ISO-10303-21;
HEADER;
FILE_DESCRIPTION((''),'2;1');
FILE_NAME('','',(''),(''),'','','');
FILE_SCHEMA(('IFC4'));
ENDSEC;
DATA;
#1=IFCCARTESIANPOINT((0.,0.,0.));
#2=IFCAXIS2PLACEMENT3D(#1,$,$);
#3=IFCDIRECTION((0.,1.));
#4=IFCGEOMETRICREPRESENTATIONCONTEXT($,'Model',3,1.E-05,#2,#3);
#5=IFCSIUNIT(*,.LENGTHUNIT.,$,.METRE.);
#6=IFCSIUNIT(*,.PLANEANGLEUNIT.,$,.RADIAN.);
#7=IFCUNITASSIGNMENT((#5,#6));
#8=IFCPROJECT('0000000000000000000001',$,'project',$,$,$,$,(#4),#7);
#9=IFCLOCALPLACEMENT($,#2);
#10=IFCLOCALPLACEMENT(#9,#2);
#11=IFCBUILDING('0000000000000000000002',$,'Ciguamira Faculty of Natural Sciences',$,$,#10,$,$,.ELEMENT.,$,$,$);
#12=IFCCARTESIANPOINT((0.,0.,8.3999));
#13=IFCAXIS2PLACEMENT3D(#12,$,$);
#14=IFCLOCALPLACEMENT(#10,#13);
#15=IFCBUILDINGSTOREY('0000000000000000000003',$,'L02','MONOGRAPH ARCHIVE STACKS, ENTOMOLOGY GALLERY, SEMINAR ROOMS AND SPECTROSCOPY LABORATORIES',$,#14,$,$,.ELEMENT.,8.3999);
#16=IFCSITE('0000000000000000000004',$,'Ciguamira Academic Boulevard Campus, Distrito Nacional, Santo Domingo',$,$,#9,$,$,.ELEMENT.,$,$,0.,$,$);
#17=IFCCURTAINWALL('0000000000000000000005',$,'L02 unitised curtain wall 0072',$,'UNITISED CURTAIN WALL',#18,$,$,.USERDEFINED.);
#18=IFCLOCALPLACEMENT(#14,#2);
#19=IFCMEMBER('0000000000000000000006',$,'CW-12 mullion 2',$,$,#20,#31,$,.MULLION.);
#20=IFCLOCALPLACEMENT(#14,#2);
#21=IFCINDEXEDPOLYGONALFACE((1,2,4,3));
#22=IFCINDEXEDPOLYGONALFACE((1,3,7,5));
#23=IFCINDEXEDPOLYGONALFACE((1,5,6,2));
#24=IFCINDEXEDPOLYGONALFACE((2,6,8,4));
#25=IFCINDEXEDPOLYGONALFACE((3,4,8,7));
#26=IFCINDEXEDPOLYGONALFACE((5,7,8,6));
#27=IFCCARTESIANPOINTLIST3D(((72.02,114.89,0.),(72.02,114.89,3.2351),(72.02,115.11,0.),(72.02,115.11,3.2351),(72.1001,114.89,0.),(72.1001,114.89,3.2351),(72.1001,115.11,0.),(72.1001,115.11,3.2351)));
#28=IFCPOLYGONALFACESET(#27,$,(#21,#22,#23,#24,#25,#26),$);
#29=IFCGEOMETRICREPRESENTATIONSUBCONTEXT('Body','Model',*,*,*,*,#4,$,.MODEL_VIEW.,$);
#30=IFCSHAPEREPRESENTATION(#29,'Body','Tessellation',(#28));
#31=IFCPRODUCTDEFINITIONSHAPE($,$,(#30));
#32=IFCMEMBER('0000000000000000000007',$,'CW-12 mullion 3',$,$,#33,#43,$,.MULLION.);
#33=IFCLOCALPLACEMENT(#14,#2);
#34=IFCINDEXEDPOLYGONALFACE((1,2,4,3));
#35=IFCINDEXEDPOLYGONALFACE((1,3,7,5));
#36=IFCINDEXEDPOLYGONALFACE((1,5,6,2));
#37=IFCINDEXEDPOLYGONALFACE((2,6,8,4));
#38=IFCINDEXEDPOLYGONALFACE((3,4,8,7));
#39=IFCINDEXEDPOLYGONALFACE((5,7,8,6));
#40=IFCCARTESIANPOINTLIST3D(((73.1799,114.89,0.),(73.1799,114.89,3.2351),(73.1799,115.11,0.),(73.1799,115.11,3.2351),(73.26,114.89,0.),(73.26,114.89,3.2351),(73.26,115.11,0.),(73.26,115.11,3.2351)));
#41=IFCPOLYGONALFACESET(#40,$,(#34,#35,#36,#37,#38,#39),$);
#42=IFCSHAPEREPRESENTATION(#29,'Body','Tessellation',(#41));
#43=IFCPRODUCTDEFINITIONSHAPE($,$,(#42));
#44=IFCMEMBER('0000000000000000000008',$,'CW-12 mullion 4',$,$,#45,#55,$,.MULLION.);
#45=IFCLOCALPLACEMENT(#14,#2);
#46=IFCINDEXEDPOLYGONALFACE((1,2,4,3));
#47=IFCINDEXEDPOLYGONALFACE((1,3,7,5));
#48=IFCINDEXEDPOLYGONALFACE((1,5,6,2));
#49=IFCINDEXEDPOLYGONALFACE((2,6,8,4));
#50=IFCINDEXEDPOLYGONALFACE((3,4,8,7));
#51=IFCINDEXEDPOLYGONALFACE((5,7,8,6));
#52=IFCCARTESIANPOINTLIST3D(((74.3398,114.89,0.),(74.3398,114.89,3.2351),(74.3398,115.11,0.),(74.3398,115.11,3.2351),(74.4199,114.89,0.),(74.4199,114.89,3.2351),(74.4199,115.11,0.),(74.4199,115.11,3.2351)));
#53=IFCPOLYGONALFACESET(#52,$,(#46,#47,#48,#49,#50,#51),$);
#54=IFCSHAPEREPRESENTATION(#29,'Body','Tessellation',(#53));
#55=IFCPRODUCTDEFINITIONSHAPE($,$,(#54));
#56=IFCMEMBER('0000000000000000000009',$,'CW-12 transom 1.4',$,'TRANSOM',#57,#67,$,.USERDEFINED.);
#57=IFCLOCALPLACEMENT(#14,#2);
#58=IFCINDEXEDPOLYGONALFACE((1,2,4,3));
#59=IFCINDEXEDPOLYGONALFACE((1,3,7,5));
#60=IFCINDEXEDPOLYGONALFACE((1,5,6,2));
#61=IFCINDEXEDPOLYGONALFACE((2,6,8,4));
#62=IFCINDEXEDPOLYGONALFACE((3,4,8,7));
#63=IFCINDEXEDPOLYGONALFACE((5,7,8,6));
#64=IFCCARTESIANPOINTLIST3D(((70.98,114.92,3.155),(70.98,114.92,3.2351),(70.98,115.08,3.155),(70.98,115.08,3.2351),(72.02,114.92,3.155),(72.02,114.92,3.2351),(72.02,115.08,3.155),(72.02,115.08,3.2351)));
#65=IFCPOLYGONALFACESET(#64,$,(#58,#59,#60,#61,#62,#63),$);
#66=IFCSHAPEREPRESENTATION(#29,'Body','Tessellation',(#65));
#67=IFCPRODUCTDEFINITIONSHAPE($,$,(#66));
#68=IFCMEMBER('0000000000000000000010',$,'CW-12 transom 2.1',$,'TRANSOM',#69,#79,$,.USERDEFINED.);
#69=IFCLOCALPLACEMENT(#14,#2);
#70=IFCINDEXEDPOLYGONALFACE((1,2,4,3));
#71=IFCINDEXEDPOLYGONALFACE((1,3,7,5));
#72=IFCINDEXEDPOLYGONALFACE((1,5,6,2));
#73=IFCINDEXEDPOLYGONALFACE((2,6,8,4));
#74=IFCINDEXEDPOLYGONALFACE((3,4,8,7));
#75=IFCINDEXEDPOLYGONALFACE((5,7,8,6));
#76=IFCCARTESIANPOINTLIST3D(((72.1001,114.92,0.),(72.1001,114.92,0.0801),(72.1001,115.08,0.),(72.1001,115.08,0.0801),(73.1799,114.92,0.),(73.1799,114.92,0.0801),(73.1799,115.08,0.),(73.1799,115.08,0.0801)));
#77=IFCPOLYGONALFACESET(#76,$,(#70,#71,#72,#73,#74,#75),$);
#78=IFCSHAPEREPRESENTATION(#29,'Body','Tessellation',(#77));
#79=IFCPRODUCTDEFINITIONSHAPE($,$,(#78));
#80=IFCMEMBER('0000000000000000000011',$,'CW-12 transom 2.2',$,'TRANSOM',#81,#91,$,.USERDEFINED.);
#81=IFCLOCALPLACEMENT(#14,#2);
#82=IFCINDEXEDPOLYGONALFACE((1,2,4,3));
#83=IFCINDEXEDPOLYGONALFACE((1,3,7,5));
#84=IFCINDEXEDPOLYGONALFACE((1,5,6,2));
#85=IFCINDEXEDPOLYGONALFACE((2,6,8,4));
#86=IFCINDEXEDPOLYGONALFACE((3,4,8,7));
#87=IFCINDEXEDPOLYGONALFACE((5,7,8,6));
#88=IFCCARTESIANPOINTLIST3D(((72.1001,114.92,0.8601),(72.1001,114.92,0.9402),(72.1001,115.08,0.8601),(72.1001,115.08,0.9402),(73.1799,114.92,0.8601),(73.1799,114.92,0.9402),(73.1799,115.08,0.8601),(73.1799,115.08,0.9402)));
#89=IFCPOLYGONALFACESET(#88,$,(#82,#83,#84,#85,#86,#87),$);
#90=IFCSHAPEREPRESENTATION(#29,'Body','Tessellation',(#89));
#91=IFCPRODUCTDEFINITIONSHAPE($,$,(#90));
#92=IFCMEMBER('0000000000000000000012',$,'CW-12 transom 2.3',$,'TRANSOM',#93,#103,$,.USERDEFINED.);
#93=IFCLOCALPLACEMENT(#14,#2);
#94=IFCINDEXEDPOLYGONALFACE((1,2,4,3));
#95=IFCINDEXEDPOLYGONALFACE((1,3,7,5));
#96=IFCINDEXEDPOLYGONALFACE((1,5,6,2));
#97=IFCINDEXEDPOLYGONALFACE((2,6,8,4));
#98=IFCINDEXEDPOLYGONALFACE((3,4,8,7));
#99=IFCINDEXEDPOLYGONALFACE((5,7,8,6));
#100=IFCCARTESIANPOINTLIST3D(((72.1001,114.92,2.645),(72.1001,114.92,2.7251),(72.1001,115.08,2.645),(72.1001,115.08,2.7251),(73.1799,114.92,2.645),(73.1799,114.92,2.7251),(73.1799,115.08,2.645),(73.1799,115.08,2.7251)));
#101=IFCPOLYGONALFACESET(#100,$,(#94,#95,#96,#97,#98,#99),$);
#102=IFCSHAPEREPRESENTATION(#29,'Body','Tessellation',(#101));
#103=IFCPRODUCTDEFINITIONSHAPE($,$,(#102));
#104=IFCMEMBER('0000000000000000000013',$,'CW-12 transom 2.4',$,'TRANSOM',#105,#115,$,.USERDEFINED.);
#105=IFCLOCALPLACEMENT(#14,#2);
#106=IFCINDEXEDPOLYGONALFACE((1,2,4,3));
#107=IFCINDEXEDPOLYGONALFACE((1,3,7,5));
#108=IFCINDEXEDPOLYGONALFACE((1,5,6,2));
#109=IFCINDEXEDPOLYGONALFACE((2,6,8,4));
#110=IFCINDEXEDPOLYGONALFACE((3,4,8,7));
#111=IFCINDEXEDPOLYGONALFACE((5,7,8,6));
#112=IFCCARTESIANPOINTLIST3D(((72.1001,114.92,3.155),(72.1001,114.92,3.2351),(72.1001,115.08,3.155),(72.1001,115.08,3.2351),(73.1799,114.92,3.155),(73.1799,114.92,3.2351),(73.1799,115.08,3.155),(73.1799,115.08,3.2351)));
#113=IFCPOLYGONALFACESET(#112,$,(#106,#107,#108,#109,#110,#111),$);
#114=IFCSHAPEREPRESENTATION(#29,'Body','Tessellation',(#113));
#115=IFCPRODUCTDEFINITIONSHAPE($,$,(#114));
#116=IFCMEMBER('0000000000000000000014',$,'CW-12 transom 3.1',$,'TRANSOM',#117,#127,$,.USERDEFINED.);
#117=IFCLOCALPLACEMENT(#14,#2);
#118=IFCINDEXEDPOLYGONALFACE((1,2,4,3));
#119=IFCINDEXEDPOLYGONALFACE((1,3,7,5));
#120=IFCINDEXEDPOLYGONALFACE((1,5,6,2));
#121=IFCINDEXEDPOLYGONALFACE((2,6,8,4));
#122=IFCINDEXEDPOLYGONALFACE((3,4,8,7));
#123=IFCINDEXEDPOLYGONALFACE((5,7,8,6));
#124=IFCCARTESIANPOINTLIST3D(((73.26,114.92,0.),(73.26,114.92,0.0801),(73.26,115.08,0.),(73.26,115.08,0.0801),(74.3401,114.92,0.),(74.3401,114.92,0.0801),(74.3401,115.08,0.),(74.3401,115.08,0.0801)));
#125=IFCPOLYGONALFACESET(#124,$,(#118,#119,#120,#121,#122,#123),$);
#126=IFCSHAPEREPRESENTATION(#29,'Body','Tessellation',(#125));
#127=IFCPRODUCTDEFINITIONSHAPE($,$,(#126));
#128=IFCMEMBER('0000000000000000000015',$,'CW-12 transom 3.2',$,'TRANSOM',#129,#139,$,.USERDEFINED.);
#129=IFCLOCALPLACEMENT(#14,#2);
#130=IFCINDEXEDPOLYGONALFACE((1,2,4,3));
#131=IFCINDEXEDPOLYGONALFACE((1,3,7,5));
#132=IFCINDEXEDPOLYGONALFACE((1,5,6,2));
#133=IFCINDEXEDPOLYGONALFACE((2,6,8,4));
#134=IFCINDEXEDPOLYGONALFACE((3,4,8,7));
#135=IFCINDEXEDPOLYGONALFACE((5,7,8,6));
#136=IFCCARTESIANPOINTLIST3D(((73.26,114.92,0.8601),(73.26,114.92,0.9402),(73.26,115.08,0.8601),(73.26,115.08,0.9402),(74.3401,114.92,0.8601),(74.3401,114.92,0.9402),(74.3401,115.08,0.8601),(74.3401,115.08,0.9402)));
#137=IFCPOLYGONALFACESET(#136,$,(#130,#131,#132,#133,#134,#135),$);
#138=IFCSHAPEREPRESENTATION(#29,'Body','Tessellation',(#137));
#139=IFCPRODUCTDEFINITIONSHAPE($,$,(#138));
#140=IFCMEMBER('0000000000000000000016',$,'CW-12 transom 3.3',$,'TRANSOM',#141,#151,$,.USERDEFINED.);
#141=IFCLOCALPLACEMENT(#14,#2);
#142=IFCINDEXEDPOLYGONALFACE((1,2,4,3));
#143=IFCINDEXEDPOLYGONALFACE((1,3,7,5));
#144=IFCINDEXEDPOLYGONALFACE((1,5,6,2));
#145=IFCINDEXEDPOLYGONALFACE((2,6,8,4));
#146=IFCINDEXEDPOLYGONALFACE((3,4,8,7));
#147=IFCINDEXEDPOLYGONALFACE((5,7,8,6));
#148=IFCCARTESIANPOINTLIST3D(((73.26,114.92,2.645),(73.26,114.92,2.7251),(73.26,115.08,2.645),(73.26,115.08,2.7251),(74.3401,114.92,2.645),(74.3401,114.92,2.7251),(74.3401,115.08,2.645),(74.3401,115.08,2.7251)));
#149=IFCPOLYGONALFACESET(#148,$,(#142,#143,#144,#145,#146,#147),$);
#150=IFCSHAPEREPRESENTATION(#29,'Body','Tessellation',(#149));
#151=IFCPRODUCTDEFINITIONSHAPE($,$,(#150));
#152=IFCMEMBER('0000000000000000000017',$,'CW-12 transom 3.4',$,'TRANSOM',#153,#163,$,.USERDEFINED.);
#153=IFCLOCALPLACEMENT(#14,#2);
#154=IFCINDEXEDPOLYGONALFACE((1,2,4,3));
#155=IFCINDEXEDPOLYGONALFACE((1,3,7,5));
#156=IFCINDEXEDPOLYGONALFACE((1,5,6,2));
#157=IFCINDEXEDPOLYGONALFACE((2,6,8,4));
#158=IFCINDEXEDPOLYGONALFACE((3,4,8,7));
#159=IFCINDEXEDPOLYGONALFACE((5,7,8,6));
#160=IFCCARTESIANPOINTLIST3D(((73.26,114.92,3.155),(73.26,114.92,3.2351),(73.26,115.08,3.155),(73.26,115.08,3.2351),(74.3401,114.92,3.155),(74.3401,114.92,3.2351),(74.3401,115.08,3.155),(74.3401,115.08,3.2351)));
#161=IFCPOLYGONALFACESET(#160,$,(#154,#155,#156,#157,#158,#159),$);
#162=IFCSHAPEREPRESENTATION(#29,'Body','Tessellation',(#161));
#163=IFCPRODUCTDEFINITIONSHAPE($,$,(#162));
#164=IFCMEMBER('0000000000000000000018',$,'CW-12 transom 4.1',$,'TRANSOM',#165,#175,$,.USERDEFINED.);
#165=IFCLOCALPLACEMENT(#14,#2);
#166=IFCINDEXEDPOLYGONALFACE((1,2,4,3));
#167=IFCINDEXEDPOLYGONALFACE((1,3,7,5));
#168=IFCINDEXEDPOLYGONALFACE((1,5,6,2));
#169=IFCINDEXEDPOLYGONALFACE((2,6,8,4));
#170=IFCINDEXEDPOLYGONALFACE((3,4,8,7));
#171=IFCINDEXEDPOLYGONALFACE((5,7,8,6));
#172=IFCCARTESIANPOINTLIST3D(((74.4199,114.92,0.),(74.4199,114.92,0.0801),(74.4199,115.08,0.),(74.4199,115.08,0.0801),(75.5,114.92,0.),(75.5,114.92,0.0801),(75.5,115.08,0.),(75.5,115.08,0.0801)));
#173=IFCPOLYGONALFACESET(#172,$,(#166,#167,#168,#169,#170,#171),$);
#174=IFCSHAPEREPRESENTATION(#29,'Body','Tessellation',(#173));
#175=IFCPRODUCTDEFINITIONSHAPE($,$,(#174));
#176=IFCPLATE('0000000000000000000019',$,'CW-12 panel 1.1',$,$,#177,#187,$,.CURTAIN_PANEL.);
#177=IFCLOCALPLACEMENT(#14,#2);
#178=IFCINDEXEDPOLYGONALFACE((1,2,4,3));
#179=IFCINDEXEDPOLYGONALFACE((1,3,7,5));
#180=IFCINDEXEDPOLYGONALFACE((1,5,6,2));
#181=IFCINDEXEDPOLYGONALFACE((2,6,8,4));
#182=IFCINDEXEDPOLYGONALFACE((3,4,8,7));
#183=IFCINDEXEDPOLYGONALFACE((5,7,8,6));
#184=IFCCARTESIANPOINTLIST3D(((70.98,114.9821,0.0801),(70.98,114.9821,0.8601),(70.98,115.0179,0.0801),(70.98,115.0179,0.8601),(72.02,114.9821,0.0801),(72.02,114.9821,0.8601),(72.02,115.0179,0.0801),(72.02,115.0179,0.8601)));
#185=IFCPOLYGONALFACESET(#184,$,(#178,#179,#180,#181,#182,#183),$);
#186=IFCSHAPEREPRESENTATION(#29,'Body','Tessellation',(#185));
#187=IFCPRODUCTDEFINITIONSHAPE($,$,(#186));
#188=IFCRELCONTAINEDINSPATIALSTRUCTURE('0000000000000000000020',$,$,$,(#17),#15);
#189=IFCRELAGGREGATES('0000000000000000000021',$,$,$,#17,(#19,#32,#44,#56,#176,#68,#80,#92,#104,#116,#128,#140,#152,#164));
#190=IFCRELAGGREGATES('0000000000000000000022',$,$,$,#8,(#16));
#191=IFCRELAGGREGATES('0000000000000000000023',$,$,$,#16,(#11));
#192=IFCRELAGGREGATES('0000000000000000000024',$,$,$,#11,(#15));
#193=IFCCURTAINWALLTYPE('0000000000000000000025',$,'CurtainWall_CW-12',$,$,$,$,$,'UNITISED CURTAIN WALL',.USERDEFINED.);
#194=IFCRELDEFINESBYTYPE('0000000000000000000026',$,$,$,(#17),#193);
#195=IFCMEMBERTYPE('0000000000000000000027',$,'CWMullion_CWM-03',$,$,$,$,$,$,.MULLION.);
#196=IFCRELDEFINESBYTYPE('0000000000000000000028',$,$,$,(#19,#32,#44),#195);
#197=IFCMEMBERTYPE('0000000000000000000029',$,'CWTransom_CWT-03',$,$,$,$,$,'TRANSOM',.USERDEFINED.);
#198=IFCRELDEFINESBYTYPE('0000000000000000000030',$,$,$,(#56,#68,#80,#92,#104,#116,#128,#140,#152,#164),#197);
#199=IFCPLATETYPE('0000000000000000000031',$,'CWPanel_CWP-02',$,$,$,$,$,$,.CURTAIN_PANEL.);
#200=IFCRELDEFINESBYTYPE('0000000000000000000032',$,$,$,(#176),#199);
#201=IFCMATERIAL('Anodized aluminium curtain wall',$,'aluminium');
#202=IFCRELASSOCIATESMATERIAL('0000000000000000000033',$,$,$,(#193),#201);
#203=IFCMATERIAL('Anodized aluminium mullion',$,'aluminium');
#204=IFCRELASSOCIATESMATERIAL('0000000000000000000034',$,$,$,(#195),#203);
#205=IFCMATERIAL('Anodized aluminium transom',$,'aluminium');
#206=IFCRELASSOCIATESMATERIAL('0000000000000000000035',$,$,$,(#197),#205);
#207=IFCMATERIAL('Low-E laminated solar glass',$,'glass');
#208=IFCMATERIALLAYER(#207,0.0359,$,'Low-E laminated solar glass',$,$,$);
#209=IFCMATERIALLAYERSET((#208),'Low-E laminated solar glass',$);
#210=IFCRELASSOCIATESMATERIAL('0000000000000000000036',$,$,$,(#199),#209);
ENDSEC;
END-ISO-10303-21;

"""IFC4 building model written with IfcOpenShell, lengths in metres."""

from ifc_helpers import new_model, si_unit, direction, frame, origin, origin_2d, place, context, subcontext, project, spatial, rectangle, extrude, material, layer, layer_set, material_profile, profile_set, type_object, element, aggregate, save


model = new_model("IFC4")

# Units and contexts
model_context = context("Model", 3, precision=1e-05, world=origin(), true_north=direction((0.0, 1.0)))
body_context = subcontext(model_context, "Body", "Model", "MODEL_VIEW")
ifc_project = project(units=[si_unit("LENGTHUNIT", "METRE"), si_unit("PLANEANGLEUNIT", "RADIAN")], contexts=[model_context])

# Site, building, storey
site_placement = place(None, origin())
site = spatial("IfcSite", under=ifc_project, at=site_placement, Name="Ciguamira Academic Boulevard Campus, Distrito Nacional, Santo Domingo", CompositionType="ELEMENT", RefElevation=0.0)
building_placement = place(site_placement, origin())
building = spatial("IfcBuilding", under=site, at=building_placement, Name="Ciguamira Faculty of Natural Sciences", CompositionType="ELEMENT")
storey_placement = place(building_placement, frame((0.0, 0.0, 8.3999)))
storey = spatial("IfcBuildingStorey", under=building, at=storey_placement, Name="L02", Description="MONOGRAPH ARCHIVE STACKS, ENTOMOLOGY GALLERY, SEMINAR ROOMS AND SPECTROSCOPY LABORATORIES", CompositionType="ELEMENT", Elevation=8.3999)

# Curtain wall, members, plate
ifc_material_1 = material(Name="Anodized aluminium curtain wall", Category="aluminium")
curtain_wall_type = type_object("IfcCurtainWallType", Name="CurtainWall_CW-12", ElementType="UNITISED CURTAIN WALL", PredefinedType="USERDEFINED", material=ifc_material_1)
curtain_wall_placement = place(storey_placement, origin())
curtain_wall = element("IfcCurtainWall", 1, at=curtain_wall_placement, inside=storey, type_object=curtain_wall_type, Name="L02 unitised curtain wall 0072", ObjectType="UNITISED CURTAIN WALL", PredefinedType="USERDEFINED")
ifc_material_2 = material(Name="Anodized aluminium mullion", Category="aluminium")
ifc_material_profile_1 = material_profile(ifc_material_2, rectangle(XDim=0.0801, YDim=0.22, at=origin_2d()), Name="ALU-MUL-80X220")
ifc_profile_set_1 = profile_set([ifc_material_profile_1], Name="Anodized aluminium mullion")
member_type_1 = type_object("IfcMemberType", Name="CWMullion_CWM-03", PredefinedType="MULLION", material=ifc_profile_set_1)
member_1_placement = place(storey_placement, frame((72.0601, 115.0, 0.0), z_axis=(0.0, 0.0, 1.0), x_axis=(1.0, 0.0, 0.0)))
member_1 = element("IfcMember", 2, at=member_1_placement, type_object=member_type_1, Name="CW-12 mullion 2", PredefinedType="MULLION", context=body_context, shape_type="SweptSolid", body=[
    extrude(rectangle(XDim=0.0801, YDim=0.22, at=origin_2d()), origin(), (0.0, 0.0, 1.0), 3.2351),
])
member_2_placement = place(storey_placement, frame((73.22, 115.0, 0.0), z_axis=(0.0, 0.0, 1.0), x_axis=(1.0, 0.0, 0.0)))
member_2 = element("IfcMember", 3, at=member_2_placement, type_object=member_type_1, Name="CW-12 mullion 3", PredefinedType="MULLION", context=body_context, shape_type="SweptSolid", body=[
    extrude(rectangle(XDim=0.0801, YDim=0.22, at=origin_2d()), origin(), (0.0, 0.0, 1.0), 3.2351),
])
member_3_placement = place(storey_placement, frame((74.3799, 115.0, 0.0), z_axis=(0.0, 0.0, 1.0), x_axis=(1.0, 0.0, 0.0)))
member_3 = element("IfcMember", 4, at=member_3_placement, type_object=member_type_1, Name="CW-12 mullion 4", PredefinedType="MULLION", context=body_context, shape_type="SweptSolid", body=[
    extrude(rectangle(XDim=0.0801, YDim=0.22, at=origin_2d()), origin(), (0.0, 0.0, 1.0), 3.2351),
])
ifc_material_3 = material(Name="Anodized aluminium transom", Category="aluminium")
ifc_material_profile_2 = material_profile(ifc_material_3, rectangle(XDim=0.0801, YDim=0.1599, at=origin_2d()), Name="ALU-TRN-80X160")
ifc_profile_set_2 = profile_set([ifc_material_profile_2], Name="Anodized aluminium transom")
member_type_2 = type_object("IfcMemberType", Name="CWTransom_CWT-03", ElementType="TRANSOM", PredefinedType="USERDEFINED", material=ifc_profile_set_2)
member_4_placement = place(storey_placement, frame((70.98, 115.0, 3.1951), z_axis=(1.0, 0.0, 0.0), x_axis=(0.0, 0.0, 1.0)))
member_4 = element("IfcMember", 5, at=member_4_placement, type_object=member_type_2, Name="CW-12 transom 1.4", ObjectType="TRANSOM", PredefinedType="USERDEFINED", context=body_context, shape_type="SweptSolid", body=[
    extrude(rectangle(XDim=0.0801, YDim=0.1599, at=origin_2d()), origin(), (0.0, 0.0, 1.0), 1.04),
])
member_5_placement = place(storey_placement, frame((72.1001, 115.0, 0.04), z_axis=(1.0, 0.0, 0.0), x_axis=(0.0, 0.0, 1.0)))
member_5 = element("IfcMember", 6, at=member_5_placement, type_object=member_type_2, Name="CW-12 transom 2.1", ObjectType="TRANSOM", PredefinedType="USERDEFINED", context=body_context, shape_type="SweptSolid", body=[
    extrude(rectangle(XDim=0.0801, YDim=0.1599, at=origin_2d()), origin(), (0.0, 0.0, 1.0), 1.0798),
])
member_6_placement = place(storey_placement, frame((72.1001, 115.0, 0.9001), z_axis=(1.0, 0.0, 0.0), x_axis=(0.0, 0.0, 1.0)))
member_6 = element("IfcMember", 7, at=member_6_placement, type_object=member_type_2, Name="CW-12 transom 2.2", ObjectType="TRANSOM", PredefinedType="USERDEFINED", context=body_context, shape_type="SweptSolid", body=[
    extrude(rectangle(XDim=0.0801, YDim=0.1599, at=origin_2d()), origin(), (0.0, 0.0, 1.0), 1.0798),
])
member_7_placement = place(storey_placement, frame((72.1001, 115.0, 2.6851), z_axis=(1.0, 0.0, 0.0), x_axis=(0.0, 0.0, 1.0)))
member_7 = element("IfcMember", 8, at=member_7_placement, type_object=member_type_2, Name="CW-12 transom 2.3", ObjectType="TRANSOM", PredefinedType="USERDEFINED", context=body_context, shape_type="SweptSolid", body=[
    extrude(rectangle(XDim=0.0801, YDim=0.1599, at=origin_2d()), origin(), (0.0, 0.0, 1.0), 1.0798),
])
member_8_placement = place(storey_placement, frame((72.1001, 115.0, 3.1951), z_axis=(1.0, 0.0, 0.0), x_axis=(0.0, 0.0, 1.0)))
member_8 = element("IfcMember", 9, at=member_8_placement, type_object=member_type_2, Name="CW-12 transom 2.4", ObjectType="TRANSOM", PredefinedType="USERDEFINED", context=body_context, shape_type="SweptSolid", body=[
    extrude(rectangle(XDim=0.0801, YDim=0.1599, at=origin_2d()), origin(), (0.0, 0.0, 1.0), 1.0798),
])
member_9_placement = place(storey_placement, frame((73.26, 115.0, 0.04), z_axis=(1.0, 0.0, 0.0), x_axis=(0.0, 0.0, 1.0)))
member_9 = element("IfcMember", 10, at=member_9_placement, type_object=member_type_2, Name="CW-12 transom 3.1", ObjectType="TRANSOM", PredefinedType="USERDEFINED", context=body_context, shape_type="SweptSolid", body=[
    extrude(rectangle(XDim=0.0801, YDim=0.1599, at=origin_2d()), origin(), (0.0, 0.0, 1.0), 1.0801),
])
member_10_placement = place(storey_placement, frame((73.26, 115.0, 0.9001), z_axis=(1.0, 0.0, 0.0), x_axis=(0.0, 0.0, 1.0)))
member_10 = element("IfcMember", 11, at=member_10_placement, type_object=member_type_2, Name="CW-12 transom 3.2", ObjectType="TRANSOM", PredefinedType="USERDEFINED", context=body_context, shape_type="SweptSolid", body=[
    extrude(rectangle(XDim=0.0801, YDim=0.1599, at=origin_2d()), origin(), (0.0, 0.0, 1.0), 1.0801),
])
member_11_placement = place(storey_placement, frame((73.26, 115.0, 2.6851), z_axis=(1.0, 0.0, 0.0), x_axis=(0.0, 0.0, 1.0)))
member_11 = element("IfcMember", 12, at=member_11_placement, type_object=member_type_2, Name="CW-12 transom 3.3", ObjectType="TRANSOM", PredefinedType="USERDEFINED", context=body_context, shape_type="SweptSolid", body=[
    extrude(rectangle(XDim=0.0801, YDim=0.1599, at=origin_2d()), origin(), (0.0, 0.0, 1.0), 1.0801),
])
member_12_placement = place(storey_placement, frame((73.26, 115.0, 3.1951), z_axis=(1.0, 0.0, 0.0), x_axis=(0.0, 0.0, 1.0)))
member_12 = element("IfcMember", 13, at=member_12_placement, type_object=member_type_2, Name="CW-12 transom 3.4", ObjectType="TRANSOM", PredefinedType="USERDEFINED", context=body_context, shape_type="SweptSolid", body=[
    extrude(rectangle(XDim=0.0801, YDim=0.1599, at=origin_2d()), origin(), (0.0, 0.0, 1.0), 1.0801),
])
member_13_placement = place(storey_placement, frame((74.4199, 115.0, 0.04), z_axis=(1.0, 0.0, 0.0), x_axis=(0.0, 0.0, 1.0)))
member_13 = element("IfcMember", 14, at=member_13_placement, type_object=member_type_2, Name="CW-12 transom 4.1", ObjectType="TRANSOM", PredefinedType="USERDEFINED", context=body_context, shape_type="SweptSolid", body=[
    extrude(rectangle(XDim=0.0801, YDim=0.1599, at=origin_2d()), origin(), (0.0, 0.0, 1.0), 1.0801),
])
ifc_material_4 = material(Name="Low-E laminated solar glass", Category="glass")
ifc_layer = layer(ifc_material_4, 0.0359, Name="Low-E laminated solar glass")
ifc_layer_set = layer_set([ifc_layer], Name="Low-E laminated solar glass")
plate_type = type_object("IfcPlateType", Name="CWPanel_CWP-02", PredefinedType="CURTAIN_PANEL", material=ifc_layer_set)
plate_1_placement = place(storey_placement, frame((71.5, 115.0, 0.0801), z_axis=(0.0, 0.0, 1.0), x_axis=(1.0, 0.0, 0.0)))
plate_1 = element("IfcPlate", 15, at=plate_1_placement, type_object=plate_type, Name="CW-12 panel 1.1", PredefinedType="CURTAIN_PANEL", context=body_context, shape_type="SweptSolid", body=[
    extrude(rectangle(XDim=1.04, YDim=0.0359, at=origin_2d()), origin(), (0.0, 0.0, 1.0), 0.78),
])
aggregate(curtain_wall, [member_1, member_2, member_3, member_4, plate_1, member_5, member_6, member_7, member_8, member_9, member_10, member_11, member_12, member_13])

save(model, "model.ifc")
